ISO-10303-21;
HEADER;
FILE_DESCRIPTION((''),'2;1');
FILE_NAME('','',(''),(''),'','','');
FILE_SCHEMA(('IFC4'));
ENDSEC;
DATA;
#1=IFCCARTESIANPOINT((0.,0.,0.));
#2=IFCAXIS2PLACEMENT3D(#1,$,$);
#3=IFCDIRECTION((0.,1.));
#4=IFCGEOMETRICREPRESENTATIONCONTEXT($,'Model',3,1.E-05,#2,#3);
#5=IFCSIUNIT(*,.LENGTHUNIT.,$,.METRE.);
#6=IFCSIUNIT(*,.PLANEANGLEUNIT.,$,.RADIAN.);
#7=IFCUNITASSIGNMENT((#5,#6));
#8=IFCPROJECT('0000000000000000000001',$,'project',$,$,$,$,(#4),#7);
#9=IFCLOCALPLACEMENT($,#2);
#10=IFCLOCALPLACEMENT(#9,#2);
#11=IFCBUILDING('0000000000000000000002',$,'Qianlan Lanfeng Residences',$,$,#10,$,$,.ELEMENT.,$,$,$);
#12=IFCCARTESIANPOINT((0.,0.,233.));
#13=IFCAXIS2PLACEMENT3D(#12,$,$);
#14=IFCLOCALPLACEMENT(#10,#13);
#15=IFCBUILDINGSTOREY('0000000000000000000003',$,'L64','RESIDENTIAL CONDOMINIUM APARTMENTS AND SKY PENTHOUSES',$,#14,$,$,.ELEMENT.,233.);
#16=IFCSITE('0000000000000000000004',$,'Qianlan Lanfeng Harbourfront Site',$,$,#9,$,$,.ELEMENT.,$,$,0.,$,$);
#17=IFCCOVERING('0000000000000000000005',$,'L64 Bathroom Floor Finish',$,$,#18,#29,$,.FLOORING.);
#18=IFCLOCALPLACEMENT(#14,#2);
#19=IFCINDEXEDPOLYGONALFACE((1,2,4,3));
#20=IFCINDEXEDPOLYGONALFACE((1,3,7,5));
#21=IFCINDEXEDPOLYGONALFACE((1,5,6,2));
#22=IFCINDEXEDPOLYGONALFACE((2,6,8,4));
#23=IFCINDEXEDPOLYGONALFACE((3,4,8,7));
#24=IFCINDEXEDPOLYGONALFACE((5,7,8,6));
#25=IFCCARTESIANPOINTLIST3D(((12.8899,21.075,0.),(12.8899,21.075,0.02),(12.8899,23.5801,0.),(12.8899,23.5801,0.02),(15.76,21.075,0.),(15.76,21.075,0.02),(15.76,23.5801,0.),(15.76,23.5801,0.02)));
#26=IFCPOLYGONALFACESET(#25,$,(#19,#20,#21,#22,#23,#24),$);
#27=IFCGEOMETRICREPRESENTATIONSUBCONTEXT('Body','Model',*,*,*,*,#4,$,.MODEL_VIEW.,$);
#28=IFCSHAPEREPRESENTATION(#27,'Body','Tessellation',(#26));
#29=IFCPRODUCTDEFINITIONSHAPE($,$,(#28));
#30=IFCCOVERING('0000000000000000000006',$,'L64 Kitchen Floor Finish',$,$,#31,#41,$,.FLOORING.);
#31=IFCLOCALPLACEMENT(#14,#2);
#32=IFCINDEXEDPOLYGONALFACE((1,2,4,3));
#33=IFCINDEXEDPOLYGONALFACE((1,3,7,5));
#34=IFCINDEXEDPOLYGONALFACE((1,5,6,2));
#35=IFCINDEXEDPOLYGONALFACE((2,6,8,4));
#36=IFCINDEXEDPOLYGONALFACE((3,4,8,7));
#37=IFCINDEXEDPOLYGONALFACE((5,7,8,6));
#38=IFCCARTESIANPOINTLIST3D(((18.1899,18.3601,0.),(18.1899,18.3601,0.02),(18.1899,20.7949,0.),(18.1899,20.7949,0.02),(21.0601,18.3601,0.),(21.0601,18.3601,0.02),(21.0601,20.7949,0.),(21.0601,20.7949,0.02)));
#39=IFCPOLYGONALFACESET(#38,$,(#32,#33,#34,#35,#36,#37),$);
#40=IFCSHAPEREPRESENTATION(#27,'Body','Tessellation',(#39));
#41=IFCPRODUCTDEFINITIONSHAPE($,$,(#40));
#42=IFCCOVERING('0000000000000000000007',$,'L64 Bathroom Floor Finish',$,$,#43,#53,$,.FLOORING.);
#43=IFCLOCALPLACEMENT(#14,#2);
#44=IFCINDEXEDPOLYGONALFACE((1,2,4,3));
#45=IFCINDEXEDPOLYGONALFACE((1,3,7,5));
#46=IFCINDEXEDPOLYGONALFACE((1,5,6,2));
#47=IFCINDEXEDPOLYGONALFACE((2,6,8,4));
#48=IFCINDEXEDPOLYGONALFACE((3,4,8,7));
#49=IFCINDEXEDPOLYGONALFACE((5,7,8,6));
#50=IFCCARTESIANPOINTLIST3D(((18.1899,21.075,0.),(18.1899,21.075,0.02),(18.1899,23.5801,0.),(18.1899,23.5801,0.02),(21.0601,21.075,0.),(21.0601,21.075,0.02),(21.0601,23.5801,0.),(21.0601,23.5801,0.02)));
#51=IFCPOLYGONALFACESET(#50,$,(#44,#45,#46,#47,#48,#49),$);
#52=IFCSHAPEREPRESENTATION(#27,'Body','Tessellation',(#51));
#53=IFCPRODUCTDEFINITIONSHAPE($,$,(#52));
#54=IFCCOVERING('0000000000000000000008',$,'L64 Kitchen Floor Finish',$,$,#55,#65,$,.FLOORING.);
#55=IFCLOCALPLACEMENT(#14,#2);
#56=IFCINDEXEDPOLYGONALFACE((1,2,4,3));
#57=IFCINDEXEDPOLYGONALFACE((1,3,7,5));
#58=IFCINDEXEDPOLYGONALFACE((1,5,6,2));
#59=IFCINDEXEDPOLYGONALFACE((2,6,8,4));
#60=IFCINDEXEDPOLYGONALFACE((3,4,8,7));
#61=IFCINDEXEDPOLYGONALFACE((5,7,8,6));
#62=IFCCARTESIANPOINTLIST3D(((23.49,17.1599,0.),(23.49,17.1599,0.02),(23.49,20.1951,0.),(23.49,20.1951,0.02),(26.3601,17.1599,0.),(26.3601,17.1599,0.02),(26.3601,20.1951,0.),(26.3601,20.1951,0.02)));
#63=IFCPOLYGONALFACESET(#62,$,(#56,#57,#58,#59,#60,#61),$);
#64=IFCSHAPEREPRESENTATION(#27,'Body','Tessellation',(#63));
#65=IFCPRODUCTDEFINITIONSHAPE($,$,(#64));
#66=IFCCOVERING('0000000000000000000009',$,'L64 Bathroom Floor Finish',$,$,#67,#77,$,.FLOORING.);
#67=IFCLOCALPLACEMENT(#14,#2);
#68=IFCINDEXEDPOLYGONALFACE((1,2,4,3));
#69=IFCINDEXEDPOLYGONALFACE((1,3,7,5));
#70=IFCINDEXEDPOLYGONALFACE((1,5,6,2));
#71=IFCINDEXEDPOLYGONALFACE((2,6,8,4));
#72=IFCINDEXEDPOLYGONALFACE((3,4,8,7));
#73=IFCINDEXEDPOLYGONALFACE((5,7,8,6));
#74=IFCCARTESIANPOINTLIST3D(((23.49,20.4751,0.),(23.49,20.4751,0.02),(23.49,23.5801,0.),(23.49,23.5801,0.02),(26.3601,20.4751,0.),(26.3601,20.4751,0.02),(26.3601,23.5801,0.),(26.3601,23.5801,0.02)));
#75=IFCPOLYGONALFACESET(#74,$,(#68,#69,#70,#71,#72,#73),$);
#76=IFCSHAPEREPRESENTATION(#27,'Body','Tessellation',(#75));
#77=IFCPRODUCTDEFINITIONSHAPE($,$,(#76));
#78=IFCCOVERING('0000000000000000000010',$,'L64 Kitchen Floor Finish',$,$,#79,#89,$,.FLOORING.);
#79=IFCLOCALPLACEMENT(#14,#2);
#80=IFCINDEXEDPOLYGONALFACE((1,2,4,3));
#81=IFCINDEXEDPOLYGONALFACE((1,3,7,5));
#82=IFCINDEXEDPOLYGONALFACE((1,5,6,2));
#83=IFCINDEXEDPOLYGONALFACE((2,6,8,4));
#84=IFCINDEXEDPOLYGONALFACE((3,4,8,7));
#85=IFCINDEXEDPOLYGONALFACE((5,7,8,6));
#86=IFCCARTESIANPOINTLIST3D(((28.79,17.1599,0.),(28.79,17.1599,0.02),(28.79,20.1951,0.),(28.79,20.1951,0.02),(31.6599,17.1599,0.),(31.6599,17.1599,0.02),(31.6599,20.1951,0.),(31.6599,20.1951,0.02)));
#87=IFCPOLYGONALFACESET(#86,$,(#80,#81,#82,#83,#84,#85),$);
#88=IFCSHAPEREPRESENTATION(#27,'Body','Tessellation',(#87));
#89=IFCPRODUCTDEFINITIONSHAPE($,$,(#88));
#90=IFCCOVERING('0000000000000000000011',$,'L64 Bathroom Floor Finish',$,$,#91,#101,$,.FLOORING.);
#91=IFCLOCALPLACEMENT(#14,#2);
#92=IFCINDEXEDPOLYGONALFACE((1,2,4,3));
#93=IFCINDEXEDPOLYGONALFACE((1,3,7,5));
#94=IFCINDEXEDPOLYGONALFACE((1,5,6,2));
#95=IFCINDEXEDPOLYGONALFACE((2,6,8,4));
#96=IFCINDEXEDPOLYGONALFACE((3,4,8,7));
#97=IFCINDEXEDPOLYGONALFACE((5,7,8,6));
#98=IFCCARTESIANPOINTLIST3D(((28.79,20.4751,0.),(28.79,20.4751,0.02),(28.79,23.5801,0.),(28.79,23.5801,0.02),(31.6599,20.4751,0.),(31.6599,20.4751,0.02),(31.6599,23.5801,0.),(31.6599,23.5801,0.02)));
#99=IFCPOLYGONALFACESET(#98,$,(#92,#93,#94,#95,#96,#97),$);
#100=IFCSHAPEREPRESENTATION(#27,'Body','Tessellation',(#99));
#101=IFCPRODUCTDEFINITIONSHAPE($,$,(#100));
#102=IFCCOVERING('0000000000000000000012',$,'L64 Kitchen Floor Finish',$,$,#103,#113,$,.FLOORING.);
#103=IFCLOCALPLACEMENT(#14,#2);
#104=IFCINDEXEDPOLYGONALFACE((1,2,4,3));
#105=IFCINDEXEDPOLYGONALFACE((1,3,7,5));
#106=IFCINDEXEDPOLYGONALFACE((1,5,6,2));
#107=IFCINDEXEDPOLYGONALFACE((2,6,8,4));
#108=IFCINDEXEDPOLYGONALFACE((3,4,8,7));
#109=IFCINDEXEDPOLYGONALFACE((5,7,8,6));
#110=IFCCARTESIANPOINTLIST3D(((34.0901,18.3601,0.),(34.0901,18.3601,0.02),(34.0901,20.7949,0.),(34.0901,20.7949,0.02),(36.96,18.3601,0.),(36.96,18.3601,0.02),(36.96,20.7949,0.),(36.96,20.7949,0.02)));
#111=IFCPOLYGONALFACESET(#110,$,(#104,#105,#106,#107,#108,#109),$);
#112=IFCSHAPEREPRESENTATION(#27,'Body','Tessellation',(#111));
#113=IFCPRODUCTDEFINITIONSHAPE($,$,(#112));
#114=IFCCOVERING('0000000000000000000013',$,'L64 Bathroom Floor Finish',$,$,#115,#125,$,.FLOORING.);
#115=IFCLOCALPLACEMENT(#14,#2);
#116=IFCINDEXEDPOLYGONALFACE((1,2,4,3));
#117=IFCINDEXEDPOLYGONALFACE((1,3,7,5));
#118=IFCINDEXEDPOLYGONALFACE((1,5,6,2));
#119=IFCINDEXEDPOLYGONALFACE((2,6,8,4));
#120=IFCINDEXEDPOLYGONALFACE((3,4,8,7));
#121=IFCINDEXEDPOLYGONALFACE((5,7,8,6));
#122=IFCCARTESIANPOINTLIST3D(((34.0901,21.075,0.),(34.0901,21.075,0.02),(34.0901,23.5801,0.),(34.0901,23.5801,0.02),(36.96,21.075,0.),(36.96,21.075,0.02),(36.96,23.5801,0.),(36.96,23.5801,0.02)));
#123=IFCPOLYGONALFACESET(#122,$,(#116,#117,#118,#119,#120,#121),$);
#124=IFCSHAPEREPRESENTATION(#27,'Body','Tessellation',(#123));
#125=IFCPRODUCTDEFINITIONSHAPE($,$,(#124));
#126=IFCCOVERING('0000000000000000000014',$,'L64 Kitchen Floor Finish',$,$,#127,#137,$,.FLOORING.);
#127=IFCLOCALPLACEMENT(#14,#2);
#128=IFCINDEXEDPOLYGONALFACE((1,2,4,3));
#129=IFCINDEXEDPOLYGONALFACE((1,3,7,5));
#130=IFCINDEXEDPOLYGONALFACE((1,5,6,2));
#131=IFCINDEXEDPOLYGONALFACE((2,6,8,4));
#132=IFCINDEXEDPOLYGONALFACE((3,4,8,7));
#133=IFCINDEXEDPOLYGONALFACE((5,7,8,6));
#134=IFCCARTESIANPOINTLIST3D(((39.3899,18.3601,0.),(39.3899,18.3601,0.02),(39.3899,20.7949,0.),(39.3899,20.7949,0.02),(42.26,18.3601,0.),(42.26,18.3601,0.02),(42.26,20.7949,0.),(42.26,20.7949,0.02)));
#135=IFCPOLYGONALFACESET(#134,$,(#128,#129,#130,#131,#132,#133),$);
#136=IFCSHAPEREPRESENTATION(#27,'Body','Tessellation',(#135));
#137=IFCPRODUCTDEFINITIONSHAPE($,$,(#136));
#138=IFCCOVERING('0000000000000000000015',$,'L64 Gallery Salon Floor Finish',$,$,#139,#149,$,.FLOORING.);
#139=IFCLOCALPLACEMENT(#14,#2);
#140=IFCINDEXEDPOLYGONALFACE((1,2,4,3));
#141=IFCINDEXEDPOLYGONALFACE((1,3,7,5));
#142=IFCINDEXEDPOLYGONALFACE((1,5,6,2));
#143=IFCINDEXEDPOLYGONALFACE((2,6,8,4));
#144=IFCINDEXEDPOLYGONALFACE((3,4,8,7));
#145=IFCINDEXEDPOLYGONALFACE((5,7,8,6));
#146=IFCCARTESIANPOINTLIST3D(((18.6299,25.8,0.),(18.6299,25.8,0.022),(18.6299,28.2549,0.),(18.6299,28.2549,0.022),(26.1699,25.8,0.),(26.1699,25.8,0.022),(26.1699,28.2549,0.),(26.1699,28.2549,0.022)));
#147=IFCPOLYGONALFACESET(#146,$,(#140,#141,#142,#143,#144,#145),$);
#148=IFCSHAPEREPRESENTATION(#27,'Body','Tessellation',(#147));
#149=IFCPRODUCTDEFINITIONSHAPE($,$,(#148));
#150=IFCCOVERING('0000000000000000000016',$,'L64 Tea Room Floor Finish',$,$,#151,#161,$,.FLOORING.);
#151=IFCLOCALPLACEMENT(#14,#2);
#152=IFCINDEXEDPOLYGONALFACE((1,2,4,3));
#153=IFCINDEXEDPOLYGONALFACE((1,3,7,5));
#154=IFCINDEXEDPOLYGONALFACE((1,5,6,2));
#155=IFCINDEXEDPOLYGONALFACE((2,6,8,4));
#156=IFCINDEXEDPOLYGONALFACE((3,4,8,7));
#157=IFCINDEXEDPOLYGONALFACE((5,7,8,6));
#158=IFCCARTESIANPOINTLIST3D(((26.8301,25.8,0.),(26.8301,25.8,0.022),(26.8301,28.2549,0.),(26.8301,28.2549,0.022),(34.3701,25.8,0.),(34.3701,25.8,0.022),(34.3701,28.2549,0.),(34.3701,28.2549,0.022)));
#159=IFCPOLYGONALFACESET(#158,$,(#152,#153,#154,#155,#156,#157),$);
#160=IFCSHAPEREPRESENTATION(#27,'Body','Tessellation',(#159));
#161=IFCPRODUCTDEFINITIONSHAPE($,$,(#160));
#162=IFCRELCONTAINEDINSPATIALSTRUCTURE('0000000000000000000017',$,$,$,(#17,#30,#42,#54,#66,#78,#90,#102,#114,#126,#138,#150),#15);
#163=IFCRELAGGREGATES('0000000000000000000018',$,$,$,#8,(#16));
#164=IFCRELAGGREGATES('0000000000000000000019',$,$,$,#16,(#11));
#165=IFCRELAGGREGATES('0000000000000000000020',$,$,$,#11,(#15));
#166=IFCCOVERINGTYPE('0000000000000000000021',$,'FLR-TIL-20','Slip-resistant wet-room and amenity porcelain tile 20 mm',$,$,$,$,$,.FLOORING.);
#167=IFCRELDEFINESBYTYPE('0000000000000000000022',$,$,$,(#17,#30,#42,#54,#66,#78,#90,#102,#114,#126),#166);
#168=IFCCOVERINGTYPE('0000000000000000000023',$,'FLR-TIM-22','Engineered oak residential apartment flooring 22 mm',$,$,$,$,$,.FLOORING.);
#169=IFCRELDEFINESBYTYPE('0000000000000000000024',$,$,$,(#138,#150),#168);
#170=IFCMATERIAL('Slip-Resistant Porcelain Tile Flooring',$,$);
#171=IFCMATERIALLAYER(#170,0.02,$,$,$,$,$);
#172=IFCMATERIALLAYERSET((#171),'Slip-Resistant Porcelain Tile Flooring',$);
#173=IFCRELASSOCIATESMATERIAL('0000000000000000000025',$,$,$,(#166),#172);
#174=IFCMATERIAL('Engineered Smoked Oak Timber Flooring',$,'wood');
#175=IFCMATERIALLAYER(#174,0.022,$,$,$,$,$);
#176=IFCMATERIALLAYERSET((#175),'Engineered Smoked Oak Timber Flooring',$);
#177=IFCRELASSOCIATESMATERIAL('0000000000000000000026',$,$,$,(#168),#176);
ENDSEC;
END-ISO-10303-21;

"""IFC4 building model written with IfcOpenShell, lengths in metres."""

from ifc_helpers import new_model, si_unit, direction, frame, origin, place, context, subcontext, project, spatial, polyline, outline, extrude, material, layer, layer_set, type_object, element, save


model = new_model("IFC4")

# Units and contexts
model_context = context("Model", 3, precision=1e-05, world=origin(), true_north=direction((0.0, 1.0)))
body_context = subcontext(model_context, "Body", "Model", "MODEL_VIEW")
ifc_project = project(units=[si_unit("LENGTHUNIT", "METRE"), si_unit("PLANEANGLEUNIT", "RADIAN")], contexts=[model_context])

# Site, building, storey
site_placement = place(None, origin())
site = spatial("IfcSite", under=ifc_project, at=site_placement, Name="Qianlan Lanfeng Harbourfront Site", CompositionType="ELEMENT", RefElevation=0.0)
building_placement = place(site_placement, origin())
building = spatial("IfcBuilding", under=site, at=building_placement, Name="Qianlan Lanfeng Residences", CompositionType="ELEMENT")
storey_placement = place(building_placement, frame((0.0, 0.0, 233.0)))
storey = spatial("IfcBuildingStorey", under=building, at=storey_placement, Name="L64", Description="RESIDENTIAL CONDOMINIUM APARTMENTS AND SKY PENTHOUSES", CompositionType="ELEMENT", Elevation=233.0)

# Coverings
ifc_material_1 = material(Name="Slip-Resistant Porcelain Tile Flooring")
ifc_layer_1 = layer(ifc_material_1, 0.02)
ifc_layer_set_1 = layer_set([ifc_layer_1], Name="Slip-Resistant Porcelain Tile Flooring")
covering_type_1 = type_object("IfcCoveringType", Name="FLR-TIL-20", Description="Slip-resistant wet-room and amenity porcelain tile 20 mm", PredefinedType="FLOORING", material=ifc_layer_set_1)
covering_1_placement = place(storey_placement, origin())
element("IfcCovering", 1, at=covering_1_placement, inside=storey, type_object=covering_type_1, Name="L64 Bathroom Floor Finish", PredefinedType="FLOORING", context=body_context, shape_type="SweptSolid", body=[
    extrude(outline(polyline([(12.8899, 21.075), (15.76, 21.075), (15.76, 23.5801), (12.8899, 23.5801), (12.8899, 21.075)])), origin(), (0.0, 0.0, 1.0), 0.02),
])
covering_2_placement = place(storey_placement, origin())
element("IfcCovering", 2, at=covering_2_placement, inside=storey, type_object=covering_type_1, Name="L64 Kitchen Floor Finish", PredefinedType="FLOORING", context=body_context, shape_type="SweptSolid", body=[
    extrude(outline(polyline([(18.1899, 18.3601), (21.0601, 18.3601), (21.0601, 20.7949), (18.1899, 20.7949), (18.1899, 18.3601)])), origin(), (0.0, 0.0, 1.0), 0.02),
])
covering_3_placement = place(storey_placement, origin())
element("IfcCovering", 3, at=covering_3_placement, inside=storey, type_object=covering_type_1, Name="L64 Bathroom Floor Finish", PredefinedType="FLOORING", context=body_context, shape_type="SweptSolid", body=[
    extrude(outline(polyline([(18.1899, 21.075), (21.0601, 21.075), (21.0601, 23.5801), (18.1899, 23.5801), (18.1899, 21.075)])), origin(), (0.0, 0.0, 1.0), 0.02),
])
covering_4_placement = place(storey_placement, origin())
element("IfcCovering", 4, at=covering_4_placement, inside=storey, type_object=covering_type_1, Name="L64 Kitchen Floor Finish", PredefinedType="FLOORING", context=body_context, shape_type="SweptSolid", body=[
    extrude(outline(polyline([(23.49, 17.1599), (26.3601, 17.1599), (26.3601, 20.1951), (23.49, 20.1951), (23.49, 17.1599)])), origin(), (0.0, 0.0, 1.0), 0.02),
])
covering_5_placement = place(storey_placement, origin())
element("IfcCovering", 5, at=covering_5_placement, inside=storey, type_object=covering_type_1, Name="L64 Bathroom Floor Finish", PredefinedType="FLOORING", context=body_context, shape_type="SweptSolid", body=[
    extrude(outline(polyline([(23.49, 20.4751), (26.3601, 20.4751), (26.3601, 23.5801), (23.49, 23.5801), (23.49, 20.4751)])), origin(), (0.0, 0.0, 1.0), 0.02),
])
covering_6_placement = place(storey_placement, origin())
element("IfcCovering", 6, at=covering_6_placement, inside=storey, type_object=covering_type_1, Name="L64 Kitchen Floor Finish", PredefinedType="FLOORING", context=body_context, shape_type="SweptSolid", body=[
    extrude(outline(polyline([(28.79, 17.1599), (31.6599, 17.1599), (31.6599, 20.1951), (28.79, 20.1951), (28.79, 17.1599)])), origin(), (0.0, 0.0, 1.0), 0.02),
])
covering_7_placement = place(storey_placement, origin())
element("IfcCovering", 7, at=covering_7_placement, inside=storey, type_object=covering_type_1, Name="L64 Bathroom Floor Finish", PredefinedType="FLOORING", context=body_context, shape_type="SweptSolid", body=[
    extrude(outline(polyline([(28.79, 20.4751), (31.6599, 20.4751), (31.6599, 23.5801), (28.79, 23.5801), (28.79, 20.4751)])), origin(), (0.0, 0.0, 1.0), 0.02),
])
covering_8_placement = place(storey_placement, origin())
element("IfcCovering", 8, at=covering_8_placement, inside=storey, type_object=covering_type_1, Name="L64 Kitchen Floor Finish", PredefinedType="FLOORING", context=body_context, shape_type="SweptSolid", body=[
    extrude(outline(polyline([(34.0901, 18.3601), (36.96, 18.3601), (36.96, 20.7949), (34.0901, 20.7949), (34.0901, 18.3601)])), origin(), (0.0, 0.0, 1.0), 0.02),
])
covering_9_placement = place(storey_placement, origin())
element("IfcCovering", 9, at=covering_9_placement, inside=storey, type_object=covering_type_1, Name="L64 Bathroom Floor Finish", PredefinedType="FLOORING", context=body_context, shape_type="SweptSolid", body=[
    extrude(outline(polyline([(34.0901, 21.075), (36.96, 21.075), (36.96, 23.5801), (34.0901, 23.5801), (34.0901, 21.075)])), origin(), (0.0, 0.0, 1.0), 0.02),
])
covering_10_placement = place(storey_placement, origin())
element("IfcCovering", 10, at=covering_10_placement, inside=storey, type_object=covering_type_1, Name="L64 Kitchen Floor Finish", PredefinedType="FLOORING", context=body_context, shape_type="SweptSolid", body=[
    extrude(outline(polyline([(39.3899, 18.3601), (42.26, 18.3601), (42.26, 20.7949), (39.3899, 20.7949), (39.3899, 18.3601)])), origin(), (0.0, 0.0, 1.0), 0.02),
])
ifc_material_2 = material(Name="Engineered Smoked Oak Timber Flooring", Category="wood")
ifc_layer_2 = layer(ifc_material_2, 0.022)
ifc_layer_set_2 = layer_set([ifc_layer_2], Name="Engineered Smoked Oak Timber Flooring")
covering_type_2 = type_object("IfcCoveringType", Name="FLR-TIM-22", Description="Engineered oak residential apartment flooring 22 mm", PredefinedType="FLOORING", material=ifc_layer_set_2)
covering_11_placement = place(storey_placement, origin())
element("IfcCovering", 11, at=covering_11_placement, inside=storey, type_object=covering_type_2, Name="L64 Gallery Salon Floor Finish", PredefinedType="FLOORING", context=body_context, shape_type="SweptSolid", body=[
    extrude(outline(polyline([(18.6299, 25.8), (26.1699, 25.8), (26.1699, 28.2549), (18.6299, 28.2549), (18.6299, 25.8)])), origin(), (0.0, 0.0, 1.0), 0.022),
])
covering_12_placement = place(storey_placement, origin())
element("IfcCovering", 12, at=covering_12_placement, inside=storey, type_object=covering_type_2, Name="L64 Tea Room Floor Finish", PredefinedType="FLOORING", context=body_context, shape_type="SweptSolid", body=[
    extrude(outline(polyline([(26.8301, 25.8), (34.3701, 25.8), (34.3701, 28.2549), (26.8301, 28.2549), (26.8301, 25.8)])), origin(), (0.0, 0.0, 1.0), 0.022),
])

save(model, "model.ifc")
